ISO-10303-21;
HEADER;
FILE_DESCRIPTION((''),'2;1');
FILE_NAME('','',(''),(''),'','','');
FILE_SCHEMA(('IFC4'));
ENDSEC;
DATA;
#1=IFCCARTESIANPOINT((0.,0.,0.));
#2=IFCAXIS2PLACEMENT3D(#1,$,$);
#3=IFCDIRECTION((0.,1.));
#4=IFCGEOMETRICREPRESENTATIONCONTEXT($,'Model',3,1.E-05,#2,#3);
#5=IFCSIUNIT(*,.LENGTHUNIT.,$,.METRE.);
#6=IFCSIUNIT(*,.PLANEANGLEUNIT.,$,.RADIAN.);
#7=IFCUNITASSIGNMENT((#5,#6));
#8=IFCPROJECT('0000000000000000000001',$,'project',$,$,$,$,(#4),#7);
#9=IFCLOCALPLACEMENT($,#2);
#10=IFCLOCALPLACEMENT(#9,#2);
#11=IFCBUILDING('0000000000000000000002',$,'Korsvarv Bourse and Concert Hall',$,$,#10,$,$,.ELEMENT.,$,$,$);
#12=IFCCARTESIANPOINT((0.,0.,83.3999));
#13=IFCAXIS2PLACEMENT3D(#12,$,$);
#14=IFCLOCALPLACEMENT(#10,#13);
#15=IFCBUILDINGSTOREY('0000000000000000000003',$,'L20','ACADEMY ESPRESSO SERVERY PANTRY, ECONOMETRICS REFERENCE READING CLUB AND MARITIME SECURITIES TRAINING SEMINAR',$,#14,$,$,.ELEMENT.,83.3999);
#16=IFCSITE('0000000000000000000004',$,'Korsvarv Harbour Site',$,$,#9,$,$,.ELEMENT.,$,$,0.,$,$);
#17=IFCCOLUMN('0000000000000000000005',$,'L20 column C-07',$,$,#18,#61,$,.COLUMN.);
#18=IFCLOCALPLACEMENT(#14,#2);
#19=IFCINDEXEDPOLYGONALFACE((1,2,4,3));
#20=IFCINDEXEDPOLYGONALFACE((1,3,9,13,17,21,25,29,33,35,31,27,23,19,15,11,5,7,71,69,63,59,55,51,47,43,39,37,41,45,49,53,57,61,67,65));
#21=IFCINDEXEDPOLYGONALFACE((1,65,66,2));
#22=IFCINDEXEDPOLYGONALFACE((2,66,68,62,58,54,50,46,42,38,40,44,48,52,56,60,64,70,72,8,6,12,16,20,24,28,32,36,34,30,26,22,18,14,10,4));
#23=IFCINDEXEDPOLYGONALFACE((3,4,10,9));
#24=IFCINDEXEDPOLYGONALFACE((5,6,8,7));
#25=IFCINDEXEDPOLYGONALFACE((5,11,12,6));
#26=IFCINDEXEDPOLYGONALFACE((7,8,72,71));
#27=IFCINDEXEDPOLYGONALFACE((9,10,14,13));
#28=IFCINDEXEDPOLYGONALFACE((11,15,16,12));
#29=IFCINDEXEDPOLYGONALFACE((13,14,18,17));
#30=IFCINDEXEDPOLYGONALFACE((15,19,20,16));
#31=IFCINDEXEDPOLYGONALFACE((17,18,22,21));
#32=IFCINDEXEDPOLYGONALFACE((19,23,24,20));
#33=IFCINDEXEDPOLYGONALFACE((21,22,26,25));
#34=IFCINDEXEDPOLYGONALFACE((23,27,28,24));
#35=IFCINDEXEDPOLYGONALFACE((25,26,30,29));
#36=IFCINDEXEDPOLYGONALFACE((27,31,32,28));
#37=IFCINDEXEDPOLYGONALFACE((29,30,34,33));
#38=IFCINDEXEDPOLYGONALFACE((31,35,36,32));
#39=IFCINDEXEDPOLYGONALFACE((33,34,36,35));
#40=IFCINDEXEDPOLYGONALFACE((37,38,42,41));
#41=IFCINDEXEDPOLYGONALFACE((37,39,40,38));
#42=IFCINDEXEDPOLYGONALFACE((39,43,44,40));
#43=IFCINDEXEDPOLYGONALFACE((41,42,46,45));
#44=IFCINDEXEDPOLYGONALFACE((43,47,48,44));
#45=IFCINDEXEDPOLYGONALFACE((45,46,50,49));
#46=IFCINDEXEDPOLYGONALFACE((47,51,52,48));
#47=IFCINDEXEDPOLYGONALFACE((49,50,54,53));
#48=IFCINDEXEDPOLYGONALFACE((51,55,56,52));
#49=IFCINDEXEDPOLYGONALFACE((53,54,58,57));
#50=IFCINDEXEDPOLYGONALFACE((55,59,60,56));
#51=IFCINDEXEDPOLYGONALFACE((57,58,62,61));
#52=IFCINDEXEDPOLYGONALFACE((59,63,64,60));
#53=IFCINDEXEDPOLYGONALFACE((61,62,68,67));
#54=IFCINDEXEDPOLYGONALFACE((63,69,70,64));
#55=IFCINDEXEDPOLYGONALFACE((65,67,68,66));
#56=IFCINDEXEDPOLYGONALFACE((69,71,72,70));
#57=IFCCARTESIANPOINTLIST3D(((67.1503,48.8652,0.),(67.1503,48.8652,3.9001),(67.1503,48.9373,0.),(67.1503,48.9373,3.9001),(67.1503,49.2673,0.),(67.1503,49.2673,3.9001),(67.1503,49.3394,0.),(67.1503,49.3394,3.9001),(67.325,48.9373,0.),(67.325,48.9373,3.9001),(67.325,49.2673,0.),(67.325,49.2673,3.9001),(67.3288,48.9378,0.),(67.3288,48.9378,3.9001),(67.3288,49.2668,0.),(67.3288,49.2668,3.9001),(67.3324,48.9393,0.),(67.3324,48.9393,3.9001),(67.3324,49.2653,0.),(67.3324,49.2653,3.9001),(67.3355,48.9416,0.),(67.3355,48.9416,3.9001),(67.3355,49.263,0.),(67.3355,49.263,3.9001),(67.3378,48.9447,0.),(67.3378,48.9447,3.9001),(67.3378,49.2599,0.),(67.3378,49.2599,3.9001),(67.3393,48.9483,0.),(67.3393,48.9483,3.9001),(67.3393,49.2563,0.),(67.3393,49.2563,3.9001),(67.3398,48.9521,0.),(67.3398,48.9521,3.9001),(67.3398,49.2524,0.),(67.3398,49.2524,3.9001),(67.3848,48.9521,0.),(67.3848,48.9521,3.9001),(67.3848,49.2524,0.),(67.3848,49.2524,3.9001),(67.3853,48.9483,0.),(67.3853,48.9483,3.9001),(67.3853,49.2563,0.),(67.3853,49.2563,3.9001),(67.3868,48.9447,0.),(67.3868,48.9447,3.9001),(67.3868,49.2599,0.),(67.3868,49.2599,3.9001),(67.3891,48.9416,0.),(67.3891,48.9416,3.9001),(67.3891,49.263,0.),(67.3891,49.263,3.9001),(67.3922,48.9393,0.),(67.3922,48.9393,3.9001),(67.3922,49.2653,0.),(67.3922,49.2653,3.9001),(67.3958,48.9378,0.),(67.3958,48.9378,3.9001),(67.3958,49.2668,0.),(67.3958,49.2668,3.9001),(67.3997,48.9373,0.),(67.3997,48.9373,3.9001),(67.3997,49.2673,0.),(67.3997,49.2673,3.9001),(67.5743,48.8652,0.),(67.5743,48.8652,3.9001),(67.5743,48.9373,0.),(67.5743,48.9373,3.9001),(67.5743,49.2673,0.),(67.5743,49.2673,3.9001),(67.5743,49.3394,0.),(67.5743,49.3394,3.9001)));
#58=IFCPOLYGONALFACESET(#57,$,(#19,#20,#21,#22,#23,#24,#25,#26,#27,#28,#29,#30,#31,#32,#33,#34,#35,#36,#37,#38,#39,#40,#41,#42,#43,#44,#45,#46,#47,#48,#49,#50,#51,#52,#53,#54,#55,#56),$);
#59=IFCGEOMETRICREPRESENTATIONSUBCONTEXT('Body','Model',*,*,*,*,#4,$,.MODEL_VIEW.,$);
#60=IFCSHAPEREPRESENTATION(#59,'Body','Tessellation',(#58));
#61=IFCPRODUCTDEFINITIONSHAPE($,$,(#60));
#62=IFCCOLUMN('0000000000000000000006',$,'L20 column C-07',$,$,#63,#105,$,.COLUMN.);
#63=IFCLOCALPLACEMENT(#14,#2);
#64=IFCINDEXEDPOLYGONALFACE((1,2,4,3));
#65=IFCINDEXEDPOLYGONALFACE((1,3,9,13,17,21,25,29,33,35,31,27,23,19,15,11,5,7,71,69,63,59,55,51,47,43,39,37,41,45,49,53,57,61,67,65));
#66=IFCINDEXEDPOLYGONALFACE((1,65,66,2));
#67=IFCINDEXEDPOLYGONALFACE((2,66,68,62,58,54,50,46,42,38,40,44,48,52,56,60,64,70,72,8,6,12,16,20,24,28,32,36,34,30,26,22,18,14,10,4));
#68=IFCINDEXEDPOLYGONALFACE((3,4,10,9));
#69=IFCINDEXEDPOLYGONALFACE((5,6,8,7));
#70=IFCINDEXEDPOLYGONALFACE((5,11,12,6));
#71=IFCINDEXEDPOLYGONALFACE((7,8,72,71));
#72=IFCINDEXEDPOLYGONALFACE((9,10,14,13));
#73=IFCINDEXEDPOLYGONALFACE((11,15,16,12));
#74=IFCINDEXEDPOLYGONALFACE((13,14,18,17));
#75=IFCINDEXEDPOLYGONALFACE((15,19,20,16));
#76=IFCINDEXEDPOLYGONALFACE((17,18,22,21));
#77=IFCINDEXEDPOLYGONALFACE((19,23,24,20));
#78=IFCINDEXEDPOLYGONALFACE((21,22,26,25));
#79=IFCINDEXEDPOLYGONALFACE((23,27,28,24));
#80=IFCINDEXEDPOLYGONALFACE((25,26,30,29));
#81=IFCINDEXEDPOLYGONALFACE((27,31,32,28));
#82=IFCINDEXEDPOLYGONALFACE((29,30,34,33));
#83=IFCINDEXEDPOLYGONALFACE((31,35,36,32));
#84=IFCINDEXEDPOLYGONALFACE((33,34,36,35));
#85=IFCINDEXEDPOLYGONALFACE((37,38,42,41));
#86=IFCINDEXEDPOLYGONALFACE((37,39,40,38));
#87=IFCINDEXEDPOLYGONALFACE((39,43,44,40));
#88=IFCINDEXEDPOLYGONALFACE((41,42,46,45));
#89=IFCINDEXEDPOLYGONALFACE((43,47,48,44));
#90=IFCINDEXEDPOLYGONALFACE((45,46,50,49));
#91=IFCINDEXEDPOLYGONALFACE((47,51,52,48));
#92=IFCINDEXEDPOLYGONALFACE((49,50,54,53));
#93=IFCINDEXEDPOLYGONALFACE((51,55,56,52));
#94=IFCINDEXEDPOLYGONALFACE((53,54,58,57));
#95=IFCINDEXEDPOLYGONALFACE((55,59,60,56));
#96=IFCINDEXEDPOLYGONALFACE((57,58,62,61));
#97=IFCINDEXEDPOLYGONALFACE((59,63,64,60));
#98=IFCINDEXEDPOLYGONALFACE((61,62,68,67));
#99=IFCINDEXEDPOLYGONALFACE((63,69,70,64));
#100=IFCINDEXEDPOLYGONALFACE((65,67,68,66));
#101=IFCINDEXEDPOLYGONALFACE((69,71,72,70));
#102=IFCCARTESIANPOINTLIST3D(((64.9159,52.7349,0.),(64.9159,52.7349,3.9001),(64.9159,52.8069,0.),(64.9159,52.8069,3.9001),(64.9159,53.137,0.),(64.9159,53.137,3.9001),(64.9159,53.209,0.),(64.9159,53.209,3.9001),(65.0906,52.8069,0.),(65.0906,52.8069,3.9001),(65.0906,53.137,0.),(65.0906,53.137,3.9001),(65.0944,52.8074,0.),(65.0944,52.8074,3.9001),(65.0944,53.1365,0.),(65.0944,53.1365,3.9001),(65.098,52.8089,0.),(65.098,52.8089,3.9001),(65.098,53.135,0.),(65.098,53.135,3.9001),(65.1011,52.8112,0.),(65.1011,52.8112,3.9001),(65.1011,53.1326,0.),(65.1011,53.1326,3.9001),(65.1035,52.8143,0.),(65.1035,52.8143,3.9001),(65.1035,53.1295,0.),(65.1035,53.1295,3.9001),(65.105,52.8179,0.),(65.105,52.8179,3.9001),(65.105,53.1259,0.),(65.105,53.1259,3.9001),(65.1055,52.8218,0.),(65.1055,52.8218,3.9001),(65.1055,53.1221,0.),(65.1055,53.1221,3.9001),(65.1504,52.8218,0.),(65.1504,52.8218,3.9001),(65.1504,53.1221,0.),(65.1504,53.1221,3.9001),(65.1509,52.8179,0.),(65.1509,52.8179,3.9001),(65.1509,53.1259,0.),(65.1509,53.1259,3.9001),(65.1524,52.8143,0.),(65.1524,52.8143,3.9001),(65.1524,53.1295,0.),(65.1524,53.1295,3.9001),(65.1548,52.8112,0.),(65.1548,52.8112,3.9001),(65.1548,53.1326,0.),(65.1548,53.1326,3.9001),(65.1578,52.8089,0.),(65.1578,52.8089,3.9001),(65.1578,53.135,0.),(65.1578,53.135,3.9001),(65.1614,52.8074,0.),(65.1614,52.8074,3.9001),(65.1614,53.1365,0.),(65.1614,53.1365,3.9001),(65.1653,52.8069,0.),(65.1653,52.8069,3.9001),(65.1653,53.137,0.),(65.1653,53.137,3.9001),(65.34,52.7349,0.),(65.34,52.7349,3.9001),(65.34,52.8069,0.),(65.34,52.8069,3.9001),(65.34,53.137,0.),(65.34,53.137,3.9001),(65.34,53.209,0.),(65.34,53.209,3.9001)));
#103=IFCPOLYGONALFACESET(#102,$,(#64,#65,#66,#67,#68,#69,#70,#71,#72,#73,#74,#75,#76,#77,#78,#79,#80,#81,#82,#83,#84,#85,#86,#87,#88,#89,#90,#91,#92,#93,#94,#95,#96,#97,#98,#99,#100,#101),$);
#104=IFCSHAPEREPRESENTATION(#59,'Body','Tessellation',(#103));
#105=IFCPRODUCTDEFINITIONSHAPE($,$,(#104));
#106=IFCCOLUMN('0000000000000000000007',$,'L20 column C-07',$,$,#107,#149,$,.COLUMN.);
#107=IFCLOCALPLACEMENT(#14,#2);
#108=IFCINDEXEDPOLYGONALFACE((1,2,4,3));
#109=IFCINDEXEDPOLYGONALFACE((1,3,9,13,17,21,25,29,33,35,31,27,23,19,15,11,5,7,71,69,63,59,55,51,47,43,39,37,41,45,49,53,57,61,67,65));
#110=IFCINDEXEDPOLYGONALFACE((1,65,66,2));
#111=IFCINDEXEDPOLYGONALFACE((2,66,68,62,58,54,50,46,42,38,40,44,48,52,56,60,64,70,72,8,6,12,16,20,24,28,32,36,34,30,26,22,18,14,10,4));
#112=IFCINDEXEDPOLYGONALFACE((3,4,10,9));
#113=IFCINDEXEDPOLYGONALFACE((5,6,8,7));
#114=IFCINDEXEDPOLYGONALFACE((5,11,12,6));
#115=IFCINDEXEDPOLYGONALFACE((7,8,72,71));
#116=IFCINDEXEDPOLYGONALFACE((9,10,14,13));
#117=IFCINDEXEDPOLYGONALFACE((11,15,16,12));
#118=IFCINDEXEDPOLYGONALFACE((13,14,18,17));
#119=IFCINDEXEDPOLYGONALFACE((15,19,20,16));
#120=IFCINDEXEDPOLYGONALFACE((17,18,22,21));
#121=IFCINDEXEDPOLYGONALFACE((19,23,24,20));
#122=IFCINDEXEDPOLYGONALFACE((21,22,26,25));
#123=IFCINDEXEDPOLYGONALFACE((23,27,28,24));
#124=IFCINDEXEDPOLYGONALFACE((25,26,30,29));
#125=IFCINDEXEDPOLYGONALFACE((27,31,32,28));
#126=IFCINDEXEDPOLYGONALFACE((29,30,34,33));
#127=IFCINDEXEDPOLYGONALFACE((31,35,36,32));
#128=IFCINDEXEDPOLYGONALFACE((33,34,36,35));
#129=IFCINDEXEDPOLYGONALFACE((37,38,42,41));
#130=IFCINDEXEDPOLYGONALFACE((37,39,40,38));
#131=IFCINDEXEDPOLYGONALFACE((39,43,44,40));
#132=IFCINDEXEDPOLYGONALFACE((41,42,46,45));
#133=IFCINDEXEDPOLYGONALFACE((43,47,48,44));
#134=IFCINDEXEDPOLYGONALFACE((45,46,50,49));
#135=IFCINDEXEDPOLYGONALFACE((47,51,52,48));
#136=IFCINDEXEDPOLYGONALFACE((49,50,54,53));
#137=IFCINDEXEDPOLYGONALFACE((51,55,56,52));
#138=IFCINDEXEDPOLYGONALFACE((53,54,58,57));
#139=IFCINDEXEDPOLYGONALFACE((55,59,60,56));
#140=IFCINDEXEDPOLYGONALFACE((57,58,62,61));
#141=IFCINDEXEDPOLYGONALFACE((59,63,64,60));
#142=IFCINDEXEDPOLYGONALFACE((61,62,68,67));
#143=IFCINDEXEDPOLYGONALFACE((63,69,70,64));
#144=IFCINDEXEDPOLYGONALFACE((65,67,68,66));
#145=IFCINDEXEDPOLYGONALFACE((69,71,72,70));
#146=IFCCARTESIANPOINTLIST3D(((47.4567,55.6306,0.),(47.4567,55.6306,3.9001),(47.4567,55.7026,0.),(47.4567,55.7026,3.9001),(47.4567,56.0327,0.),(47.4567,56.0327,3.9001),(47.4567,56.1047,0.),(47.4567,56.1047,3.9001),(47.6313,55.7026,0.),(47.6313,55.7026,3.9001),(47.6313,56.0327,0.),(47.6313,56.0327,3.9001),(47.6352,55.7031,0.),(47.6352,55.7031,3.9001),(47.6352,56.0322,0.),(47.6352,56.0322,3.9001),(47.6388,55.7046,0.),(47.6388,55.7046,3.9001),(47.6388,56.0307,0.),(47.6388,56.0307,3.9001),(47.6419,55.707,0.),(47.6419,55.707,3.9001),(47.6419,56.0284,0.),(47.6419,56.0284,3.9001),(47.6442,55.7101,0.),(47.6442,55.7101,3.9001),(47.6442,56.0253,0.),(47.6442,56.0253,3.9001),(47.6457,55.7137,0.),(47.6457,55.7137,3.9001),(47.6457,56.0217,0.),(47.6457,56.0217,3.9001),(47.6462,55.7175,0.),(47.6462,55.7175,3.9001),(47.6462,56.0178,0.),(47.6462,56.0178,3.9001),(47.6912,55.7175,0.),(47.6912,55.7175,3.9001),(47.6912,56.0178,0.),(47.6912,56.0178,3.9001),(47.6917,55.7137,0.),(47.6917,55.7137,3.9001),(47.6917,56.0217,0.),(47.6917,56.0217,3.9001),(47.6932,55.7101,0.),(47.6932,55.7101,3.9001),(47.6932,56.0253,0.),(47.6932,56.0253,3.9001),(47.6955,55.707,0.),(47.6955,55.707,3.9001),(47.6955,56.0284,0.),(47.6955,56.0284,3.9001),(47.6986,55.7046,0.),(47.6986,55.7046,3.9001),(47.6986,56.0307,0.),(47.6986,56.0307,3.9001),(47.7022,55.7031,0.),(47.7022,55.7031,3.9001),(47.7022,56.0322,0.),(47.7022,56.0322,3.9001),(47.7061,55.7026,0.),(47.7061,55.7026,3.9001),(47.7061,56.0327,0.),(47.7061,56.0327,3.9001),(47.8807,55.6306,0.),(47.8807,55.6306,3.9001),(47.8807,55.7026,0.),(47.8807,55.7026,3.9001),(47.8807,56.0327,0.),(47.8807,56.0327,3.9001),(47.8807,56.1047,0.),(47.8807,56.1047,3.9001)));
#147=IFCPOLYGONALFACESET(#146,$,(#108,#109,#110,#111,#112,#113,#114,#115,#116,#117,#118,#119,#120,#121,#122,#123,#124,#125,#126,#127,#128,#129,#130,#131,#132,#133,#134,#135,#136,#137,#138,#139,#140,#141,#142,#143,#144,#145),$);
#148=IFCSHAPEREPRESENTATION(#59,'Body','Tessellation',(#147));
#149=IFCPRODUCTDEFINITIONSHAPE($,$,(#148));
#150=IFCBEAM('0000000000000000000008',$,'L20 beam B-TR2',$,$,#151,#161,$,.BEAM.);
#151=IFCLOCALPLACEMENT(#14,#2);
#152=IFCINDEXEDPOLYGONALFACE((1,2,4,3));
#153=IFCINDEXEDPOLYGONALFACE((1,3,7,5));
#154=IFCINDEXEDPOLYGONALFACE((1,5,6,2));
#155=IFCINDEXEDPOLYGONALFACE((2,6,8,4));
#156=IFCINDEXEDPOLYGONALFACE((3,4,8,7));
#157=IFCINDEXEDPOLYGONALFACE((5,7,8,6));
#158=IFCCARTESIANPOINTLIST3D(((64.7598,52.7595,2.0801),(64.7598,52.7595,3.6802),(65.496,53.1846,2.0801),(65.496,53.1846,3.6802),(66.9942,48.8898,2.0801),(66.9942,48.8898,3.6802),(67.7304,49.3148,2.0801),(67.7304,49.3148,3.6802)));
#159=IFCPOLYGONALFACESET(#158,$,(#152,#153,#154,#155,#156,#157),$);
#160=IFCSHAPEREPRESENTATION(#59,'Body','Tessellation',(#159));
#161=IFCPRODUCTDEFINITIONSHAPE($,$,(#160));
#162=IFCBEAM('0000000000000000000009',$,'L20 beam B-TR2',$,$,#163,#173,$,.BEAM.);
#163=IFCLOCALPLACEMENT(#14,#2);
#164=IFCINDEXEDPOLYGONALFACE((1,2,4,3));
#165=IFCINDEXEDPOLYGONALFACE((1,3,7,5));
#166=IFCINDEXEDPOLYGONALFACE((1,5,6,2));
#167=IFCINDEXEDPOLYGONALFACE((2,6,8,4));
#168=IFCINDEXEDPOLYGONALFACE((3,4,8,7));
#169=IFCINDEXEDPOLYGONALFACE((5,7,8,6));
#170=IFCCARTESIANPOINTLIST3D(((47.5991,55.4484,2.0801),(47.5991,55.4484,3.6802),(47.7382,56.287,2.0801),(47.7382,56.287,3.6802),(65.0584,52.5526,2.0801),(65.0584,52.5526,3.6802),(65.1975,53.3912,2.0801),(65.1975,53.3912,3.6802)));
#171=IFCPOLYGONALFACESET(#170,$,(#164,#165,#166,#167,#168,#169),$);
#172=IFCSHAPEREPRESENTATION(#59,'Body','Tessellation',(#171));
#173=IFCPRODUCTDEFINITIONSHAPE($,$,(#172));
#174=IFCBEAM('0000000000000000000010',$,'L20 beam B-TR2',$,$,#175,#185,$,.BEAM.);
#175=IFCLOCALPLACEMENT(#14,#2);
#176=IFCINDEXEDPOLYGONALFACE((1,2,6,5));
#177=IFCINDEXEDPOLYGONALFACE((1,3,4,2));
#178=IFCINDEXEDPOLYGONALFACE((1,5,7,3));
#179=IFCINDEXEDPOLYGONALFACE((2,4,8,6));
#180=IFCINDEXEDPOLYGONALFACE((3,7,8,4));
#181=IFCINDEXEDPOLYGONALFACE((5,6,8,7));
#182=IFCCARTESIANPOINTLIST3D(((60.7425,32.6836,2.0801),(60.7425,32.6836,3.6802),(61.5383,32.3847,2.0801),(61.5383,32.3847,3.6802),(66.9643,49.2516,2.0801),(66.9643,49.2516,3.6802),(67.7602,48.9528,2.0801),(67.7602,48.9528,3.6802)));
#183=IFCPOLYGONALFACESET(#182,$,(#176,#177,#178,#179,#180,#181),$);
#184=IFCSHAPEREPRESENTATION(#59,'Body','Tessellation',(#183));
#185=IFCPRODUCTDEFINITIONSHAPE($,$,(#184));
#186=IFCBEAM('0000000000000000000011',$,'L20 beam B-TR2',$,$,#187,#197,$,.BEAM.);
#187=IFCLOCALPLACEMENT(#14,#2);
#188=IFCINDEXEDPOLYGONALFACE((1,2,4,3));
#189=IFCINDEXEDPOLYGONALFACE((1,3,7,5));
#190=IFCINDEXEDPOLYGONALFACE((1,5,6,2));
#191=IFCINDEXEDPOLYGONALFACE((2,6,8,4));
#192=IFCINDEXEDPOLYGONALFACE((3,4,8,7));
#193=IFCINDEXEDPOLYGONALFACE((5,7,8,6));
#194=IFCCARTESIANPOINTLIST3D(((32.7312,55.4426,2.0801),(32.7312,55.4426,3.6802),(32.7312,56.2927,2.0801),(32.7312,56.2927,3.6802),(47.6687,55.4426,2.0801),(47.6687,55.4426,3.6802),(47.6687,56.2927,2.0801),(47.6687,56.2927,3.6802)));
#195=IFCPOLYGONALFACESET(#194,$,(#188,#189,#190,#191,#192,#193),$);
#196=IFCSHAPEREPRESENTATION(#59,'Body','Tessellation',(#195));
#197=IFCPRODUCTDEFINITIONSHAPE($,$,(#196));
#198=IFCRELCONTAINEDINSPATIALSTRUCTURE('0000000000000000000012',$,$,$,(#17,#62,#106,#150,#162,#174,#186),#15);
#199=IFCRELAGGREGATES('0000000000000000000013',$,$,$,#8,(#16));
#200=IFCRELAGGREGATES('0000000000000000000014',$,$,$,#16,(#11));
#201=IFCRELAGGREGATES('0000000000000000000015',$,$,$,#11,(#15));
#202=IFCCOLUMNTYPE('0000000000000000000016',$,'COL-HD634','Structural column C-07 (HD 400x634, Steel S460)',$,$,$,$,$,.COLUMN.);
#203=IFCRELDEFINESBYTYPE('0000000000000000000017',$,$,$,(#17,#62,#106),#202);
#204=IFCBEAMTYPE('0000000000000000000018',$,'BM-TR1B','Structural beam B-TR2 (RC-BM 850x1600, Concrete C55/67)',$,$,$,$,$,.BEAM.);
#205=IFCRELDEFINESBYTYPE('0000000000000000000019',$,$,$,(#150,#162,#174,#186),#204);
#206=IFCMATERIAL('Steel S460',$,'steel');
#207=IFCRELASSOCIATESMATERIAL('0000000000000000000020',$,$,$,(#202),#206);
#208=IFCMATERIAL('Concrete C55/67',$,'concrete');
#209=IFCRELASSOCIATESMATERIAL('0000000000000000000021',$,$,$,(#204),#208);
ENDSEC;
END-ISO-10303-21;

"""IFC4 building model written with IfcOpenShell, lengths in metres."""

from ifc_helpers import new_model, si_unit, direction, frame, origin, origin_2d, place, context, subcontext, project, spatial, rectangle, i_section, extrude, source, transform, mapped, material, material_profile, profile_set, type_object, element, save


model = new_model("IFC4")

# Units and contexts
model_context = context("Model", 3, precision=1e-05, world=origin(), true_north=direction((0.0, 1.0)))
body_context = subcontext(model_context, "Body", "Model", "MODEL_VIEW")
ifc_project = project(units=[si_unit("LENGTHUNIT", "METRE"), si_unit("PLANEANGLEUNIT", "RADIAN")], contexts=[model_context])

# Site, building, storey
site_placement = place(None, origin())
site = spatial("IfcSite", under=ifc_project, at=site_placement, Name="Korsvarv Harbour Site", CompositionType="ELEMENT", RefElevation=0.0)
building_placement = place(site_placement, origin())
building = spatial("IfcBuilding", under=site, at=building_placement, Name="Korsvarv Bourse and Concert Hall", CompositionType="ELEMENT")
storey_placement = place(building_placement, frame((0.0, 0.0, 83.3999)))
storey = spatial("IfcBuildingStorey", under=building, at=storey_placement, Name="L20", Description="ACADEMY ESPRESSO SERVERY PANTRY, ECONOMETRICS REFERENCE READING CLUB AND MARITIME SECURITIES TRAINING SEMINAR", CompositionType="ELEMENT", Elevation=83.3999)

# Columns
ifc_material_1 = material(Name="Steel S460", Category="steel")
ifc_material_profile_1 = material_profile(ifc_material_1, i_section(OverallWidth=0.4241, OverallDepth=0.4741, WebThickness=0.0449, FlangeThickness=0.072, FilletRadius=0.0149, at=origin_2d()), Name="HD 400x634")
ifc_profile_set_1 = profile_set([ifc_material_profile_1], Name="Steel S460")
column_type = type_object("IfcColumnType", Name="COL-HD634", Description="Structural column C-07 (HD 400x634, Steel S460)", PredefinedType="COLUMN", material=ifc_profile_set_1)
shared_shape_1 = source(origin(), body_context, "Body", "SweptSolid", [
    extrude(i_section(OverallWidth=0.4241, OverallDepth=0.4741, WebThickness=0.0449, FlangeThickness=0.072, FilletRadius=0.0149, at=origin_2d()), origin(), (0.0, 0.0, 1.0), 3.9001),
])
for number, where, z_axis, x_axis, name in (
    (1, (67.3623, 49.1023, 0.0), (0.0, 0.0, 1.0), (1.0, 0.0, 0.0), "L20 column C-07"),
    (2, (65.1279, 52.9719, 0.0), (0.0, 0.0, 1.0), (1.0, 0.0, 0.0), "L20 column C-07"),
    (3, (47.6687, 55.8677, 0.0), (0.0, 0.0, 1.0), (1.0, 0.0, 0.0), "L20 column C-07"),
):
    element("IfcColumn", number, at=place(storey_placement, frame(where, z_axis=z_axis, x_axis=x_axis)), inside=storey, type_object=column_type, Name=name, PredefinedType="COLUMN", context=body_context, shape_type="MappedRepresentation", body=[
        mapped(shared_shape_1, transform((0.0, 0.0, 0.0), scale=1.0)),
    ])

# Beams
ifc_material_2 = material(Name="Concrete C55/67", Category="concrete")
ifc_material_profile_2 = material_profile(ifc_material_2, rectangle(XDim=0.8501, YDim=1.6001, at=origin_2d()), Name="RC-BM 850x1600")
ifc_profile_set_2 = profile_set([ifc_material_profile_2], Name="Concrete C55/67")
beam_type_1 = type_object("IfcBeamType", Name="BM-TR1B", Description="Structural beam B-TR2 (RC-BM 850x1600, Concrete C55/67)", PredefinedType="BEAM", material=ifc_profile_set_2)
shared_shape_2 = source(origin(), body_context, "Body", "SweptSolid", [
    extrude(rectangle(XDim=0.8501, YDim=1.6001, at=origin_2d()), origin(), (0.0, 0.0, 1.0), 4.4685),
])
beam_1_placement = place(storey_placement, frame((67.3623, 49.1023, 2.8801), z_axis=(-0.500041, 0.866002, 0.0), x_axis=(-0.866002, -0.500041, 0.0)))
element("IfcBeam", 4, at=beam_1_placement, inside=storey, type_object=beam_type_1, Name="L20 beam B-TR2", PredefinedType="BEAM", context=body_context, shape_type="MappedRepresentation", body=[
    mapped(shared_shape_2, transform((0.0, 0.0, 0.0), scale=1.0)),
])
shared_shape_3 = source(origin(), body_context, "Body", "SweptSolid", [
    extrude(rectangle(XDim=0.8501, YDim=1.6001, at=origin_2d()), origin(), (0.0, 0.0, 1.0), 17.6978),
])
for number, where, z_axis, x_axis, name in (
    (5, (65.1279, 52.9719, 2.8801), (-0.986523, 0.163623, 0.0), (-0.163623, -0.986523, 0.0), "L20 beam B-TR2"),
    (6, (61.1404, 32.5342, 2.8801), (0.351563, 0.936164, 0.0), (-0.936164, 0.351563, 0.0), "L20 beam B-TR2"),
):
    element("IfcBeam", number, at=place(storey_placement, frame(where, z_axis=z_axis, x_axis=x_axis)), inside=storey, type_object=beam_type_1, Name=name, PredefinedType="BEAM", context=body_context, shape_type="MappedRepresentation", body=[
        mapped(shared_shape_3, transform((0.0, 0.0, 0.0), scale=1.0)),
    ])
shared_shape_4 = source(origin(), body_context, "Body", "SweptSolid", [
    extrude(rectangle(XDim=0.8501, YDim=1.6001, at=origin_2d()), origin(), (0.0, 0.0, 1.0), 14.9375),
])
beam_2_placement = place(storey_placement, frame((47.6687, 55.8677, 2.8801), z_axis=(-1.0, 0.0, 0.0), x_axis=(0.0, -1.0, 0.0)))
element("IfcBeam", 7, at=beam_2_placement, inside=storey, type_object=beam_type_1, Name="L20 beam B-TR2", PredefinedType="BEAM", context=body_context, shape_type="MappedRepresentation", body=[
    mapped(shared_shape_4, transform((0.0, 0.0, 0.0), scale=1.0)),
])

save(model, "model.ifc")
